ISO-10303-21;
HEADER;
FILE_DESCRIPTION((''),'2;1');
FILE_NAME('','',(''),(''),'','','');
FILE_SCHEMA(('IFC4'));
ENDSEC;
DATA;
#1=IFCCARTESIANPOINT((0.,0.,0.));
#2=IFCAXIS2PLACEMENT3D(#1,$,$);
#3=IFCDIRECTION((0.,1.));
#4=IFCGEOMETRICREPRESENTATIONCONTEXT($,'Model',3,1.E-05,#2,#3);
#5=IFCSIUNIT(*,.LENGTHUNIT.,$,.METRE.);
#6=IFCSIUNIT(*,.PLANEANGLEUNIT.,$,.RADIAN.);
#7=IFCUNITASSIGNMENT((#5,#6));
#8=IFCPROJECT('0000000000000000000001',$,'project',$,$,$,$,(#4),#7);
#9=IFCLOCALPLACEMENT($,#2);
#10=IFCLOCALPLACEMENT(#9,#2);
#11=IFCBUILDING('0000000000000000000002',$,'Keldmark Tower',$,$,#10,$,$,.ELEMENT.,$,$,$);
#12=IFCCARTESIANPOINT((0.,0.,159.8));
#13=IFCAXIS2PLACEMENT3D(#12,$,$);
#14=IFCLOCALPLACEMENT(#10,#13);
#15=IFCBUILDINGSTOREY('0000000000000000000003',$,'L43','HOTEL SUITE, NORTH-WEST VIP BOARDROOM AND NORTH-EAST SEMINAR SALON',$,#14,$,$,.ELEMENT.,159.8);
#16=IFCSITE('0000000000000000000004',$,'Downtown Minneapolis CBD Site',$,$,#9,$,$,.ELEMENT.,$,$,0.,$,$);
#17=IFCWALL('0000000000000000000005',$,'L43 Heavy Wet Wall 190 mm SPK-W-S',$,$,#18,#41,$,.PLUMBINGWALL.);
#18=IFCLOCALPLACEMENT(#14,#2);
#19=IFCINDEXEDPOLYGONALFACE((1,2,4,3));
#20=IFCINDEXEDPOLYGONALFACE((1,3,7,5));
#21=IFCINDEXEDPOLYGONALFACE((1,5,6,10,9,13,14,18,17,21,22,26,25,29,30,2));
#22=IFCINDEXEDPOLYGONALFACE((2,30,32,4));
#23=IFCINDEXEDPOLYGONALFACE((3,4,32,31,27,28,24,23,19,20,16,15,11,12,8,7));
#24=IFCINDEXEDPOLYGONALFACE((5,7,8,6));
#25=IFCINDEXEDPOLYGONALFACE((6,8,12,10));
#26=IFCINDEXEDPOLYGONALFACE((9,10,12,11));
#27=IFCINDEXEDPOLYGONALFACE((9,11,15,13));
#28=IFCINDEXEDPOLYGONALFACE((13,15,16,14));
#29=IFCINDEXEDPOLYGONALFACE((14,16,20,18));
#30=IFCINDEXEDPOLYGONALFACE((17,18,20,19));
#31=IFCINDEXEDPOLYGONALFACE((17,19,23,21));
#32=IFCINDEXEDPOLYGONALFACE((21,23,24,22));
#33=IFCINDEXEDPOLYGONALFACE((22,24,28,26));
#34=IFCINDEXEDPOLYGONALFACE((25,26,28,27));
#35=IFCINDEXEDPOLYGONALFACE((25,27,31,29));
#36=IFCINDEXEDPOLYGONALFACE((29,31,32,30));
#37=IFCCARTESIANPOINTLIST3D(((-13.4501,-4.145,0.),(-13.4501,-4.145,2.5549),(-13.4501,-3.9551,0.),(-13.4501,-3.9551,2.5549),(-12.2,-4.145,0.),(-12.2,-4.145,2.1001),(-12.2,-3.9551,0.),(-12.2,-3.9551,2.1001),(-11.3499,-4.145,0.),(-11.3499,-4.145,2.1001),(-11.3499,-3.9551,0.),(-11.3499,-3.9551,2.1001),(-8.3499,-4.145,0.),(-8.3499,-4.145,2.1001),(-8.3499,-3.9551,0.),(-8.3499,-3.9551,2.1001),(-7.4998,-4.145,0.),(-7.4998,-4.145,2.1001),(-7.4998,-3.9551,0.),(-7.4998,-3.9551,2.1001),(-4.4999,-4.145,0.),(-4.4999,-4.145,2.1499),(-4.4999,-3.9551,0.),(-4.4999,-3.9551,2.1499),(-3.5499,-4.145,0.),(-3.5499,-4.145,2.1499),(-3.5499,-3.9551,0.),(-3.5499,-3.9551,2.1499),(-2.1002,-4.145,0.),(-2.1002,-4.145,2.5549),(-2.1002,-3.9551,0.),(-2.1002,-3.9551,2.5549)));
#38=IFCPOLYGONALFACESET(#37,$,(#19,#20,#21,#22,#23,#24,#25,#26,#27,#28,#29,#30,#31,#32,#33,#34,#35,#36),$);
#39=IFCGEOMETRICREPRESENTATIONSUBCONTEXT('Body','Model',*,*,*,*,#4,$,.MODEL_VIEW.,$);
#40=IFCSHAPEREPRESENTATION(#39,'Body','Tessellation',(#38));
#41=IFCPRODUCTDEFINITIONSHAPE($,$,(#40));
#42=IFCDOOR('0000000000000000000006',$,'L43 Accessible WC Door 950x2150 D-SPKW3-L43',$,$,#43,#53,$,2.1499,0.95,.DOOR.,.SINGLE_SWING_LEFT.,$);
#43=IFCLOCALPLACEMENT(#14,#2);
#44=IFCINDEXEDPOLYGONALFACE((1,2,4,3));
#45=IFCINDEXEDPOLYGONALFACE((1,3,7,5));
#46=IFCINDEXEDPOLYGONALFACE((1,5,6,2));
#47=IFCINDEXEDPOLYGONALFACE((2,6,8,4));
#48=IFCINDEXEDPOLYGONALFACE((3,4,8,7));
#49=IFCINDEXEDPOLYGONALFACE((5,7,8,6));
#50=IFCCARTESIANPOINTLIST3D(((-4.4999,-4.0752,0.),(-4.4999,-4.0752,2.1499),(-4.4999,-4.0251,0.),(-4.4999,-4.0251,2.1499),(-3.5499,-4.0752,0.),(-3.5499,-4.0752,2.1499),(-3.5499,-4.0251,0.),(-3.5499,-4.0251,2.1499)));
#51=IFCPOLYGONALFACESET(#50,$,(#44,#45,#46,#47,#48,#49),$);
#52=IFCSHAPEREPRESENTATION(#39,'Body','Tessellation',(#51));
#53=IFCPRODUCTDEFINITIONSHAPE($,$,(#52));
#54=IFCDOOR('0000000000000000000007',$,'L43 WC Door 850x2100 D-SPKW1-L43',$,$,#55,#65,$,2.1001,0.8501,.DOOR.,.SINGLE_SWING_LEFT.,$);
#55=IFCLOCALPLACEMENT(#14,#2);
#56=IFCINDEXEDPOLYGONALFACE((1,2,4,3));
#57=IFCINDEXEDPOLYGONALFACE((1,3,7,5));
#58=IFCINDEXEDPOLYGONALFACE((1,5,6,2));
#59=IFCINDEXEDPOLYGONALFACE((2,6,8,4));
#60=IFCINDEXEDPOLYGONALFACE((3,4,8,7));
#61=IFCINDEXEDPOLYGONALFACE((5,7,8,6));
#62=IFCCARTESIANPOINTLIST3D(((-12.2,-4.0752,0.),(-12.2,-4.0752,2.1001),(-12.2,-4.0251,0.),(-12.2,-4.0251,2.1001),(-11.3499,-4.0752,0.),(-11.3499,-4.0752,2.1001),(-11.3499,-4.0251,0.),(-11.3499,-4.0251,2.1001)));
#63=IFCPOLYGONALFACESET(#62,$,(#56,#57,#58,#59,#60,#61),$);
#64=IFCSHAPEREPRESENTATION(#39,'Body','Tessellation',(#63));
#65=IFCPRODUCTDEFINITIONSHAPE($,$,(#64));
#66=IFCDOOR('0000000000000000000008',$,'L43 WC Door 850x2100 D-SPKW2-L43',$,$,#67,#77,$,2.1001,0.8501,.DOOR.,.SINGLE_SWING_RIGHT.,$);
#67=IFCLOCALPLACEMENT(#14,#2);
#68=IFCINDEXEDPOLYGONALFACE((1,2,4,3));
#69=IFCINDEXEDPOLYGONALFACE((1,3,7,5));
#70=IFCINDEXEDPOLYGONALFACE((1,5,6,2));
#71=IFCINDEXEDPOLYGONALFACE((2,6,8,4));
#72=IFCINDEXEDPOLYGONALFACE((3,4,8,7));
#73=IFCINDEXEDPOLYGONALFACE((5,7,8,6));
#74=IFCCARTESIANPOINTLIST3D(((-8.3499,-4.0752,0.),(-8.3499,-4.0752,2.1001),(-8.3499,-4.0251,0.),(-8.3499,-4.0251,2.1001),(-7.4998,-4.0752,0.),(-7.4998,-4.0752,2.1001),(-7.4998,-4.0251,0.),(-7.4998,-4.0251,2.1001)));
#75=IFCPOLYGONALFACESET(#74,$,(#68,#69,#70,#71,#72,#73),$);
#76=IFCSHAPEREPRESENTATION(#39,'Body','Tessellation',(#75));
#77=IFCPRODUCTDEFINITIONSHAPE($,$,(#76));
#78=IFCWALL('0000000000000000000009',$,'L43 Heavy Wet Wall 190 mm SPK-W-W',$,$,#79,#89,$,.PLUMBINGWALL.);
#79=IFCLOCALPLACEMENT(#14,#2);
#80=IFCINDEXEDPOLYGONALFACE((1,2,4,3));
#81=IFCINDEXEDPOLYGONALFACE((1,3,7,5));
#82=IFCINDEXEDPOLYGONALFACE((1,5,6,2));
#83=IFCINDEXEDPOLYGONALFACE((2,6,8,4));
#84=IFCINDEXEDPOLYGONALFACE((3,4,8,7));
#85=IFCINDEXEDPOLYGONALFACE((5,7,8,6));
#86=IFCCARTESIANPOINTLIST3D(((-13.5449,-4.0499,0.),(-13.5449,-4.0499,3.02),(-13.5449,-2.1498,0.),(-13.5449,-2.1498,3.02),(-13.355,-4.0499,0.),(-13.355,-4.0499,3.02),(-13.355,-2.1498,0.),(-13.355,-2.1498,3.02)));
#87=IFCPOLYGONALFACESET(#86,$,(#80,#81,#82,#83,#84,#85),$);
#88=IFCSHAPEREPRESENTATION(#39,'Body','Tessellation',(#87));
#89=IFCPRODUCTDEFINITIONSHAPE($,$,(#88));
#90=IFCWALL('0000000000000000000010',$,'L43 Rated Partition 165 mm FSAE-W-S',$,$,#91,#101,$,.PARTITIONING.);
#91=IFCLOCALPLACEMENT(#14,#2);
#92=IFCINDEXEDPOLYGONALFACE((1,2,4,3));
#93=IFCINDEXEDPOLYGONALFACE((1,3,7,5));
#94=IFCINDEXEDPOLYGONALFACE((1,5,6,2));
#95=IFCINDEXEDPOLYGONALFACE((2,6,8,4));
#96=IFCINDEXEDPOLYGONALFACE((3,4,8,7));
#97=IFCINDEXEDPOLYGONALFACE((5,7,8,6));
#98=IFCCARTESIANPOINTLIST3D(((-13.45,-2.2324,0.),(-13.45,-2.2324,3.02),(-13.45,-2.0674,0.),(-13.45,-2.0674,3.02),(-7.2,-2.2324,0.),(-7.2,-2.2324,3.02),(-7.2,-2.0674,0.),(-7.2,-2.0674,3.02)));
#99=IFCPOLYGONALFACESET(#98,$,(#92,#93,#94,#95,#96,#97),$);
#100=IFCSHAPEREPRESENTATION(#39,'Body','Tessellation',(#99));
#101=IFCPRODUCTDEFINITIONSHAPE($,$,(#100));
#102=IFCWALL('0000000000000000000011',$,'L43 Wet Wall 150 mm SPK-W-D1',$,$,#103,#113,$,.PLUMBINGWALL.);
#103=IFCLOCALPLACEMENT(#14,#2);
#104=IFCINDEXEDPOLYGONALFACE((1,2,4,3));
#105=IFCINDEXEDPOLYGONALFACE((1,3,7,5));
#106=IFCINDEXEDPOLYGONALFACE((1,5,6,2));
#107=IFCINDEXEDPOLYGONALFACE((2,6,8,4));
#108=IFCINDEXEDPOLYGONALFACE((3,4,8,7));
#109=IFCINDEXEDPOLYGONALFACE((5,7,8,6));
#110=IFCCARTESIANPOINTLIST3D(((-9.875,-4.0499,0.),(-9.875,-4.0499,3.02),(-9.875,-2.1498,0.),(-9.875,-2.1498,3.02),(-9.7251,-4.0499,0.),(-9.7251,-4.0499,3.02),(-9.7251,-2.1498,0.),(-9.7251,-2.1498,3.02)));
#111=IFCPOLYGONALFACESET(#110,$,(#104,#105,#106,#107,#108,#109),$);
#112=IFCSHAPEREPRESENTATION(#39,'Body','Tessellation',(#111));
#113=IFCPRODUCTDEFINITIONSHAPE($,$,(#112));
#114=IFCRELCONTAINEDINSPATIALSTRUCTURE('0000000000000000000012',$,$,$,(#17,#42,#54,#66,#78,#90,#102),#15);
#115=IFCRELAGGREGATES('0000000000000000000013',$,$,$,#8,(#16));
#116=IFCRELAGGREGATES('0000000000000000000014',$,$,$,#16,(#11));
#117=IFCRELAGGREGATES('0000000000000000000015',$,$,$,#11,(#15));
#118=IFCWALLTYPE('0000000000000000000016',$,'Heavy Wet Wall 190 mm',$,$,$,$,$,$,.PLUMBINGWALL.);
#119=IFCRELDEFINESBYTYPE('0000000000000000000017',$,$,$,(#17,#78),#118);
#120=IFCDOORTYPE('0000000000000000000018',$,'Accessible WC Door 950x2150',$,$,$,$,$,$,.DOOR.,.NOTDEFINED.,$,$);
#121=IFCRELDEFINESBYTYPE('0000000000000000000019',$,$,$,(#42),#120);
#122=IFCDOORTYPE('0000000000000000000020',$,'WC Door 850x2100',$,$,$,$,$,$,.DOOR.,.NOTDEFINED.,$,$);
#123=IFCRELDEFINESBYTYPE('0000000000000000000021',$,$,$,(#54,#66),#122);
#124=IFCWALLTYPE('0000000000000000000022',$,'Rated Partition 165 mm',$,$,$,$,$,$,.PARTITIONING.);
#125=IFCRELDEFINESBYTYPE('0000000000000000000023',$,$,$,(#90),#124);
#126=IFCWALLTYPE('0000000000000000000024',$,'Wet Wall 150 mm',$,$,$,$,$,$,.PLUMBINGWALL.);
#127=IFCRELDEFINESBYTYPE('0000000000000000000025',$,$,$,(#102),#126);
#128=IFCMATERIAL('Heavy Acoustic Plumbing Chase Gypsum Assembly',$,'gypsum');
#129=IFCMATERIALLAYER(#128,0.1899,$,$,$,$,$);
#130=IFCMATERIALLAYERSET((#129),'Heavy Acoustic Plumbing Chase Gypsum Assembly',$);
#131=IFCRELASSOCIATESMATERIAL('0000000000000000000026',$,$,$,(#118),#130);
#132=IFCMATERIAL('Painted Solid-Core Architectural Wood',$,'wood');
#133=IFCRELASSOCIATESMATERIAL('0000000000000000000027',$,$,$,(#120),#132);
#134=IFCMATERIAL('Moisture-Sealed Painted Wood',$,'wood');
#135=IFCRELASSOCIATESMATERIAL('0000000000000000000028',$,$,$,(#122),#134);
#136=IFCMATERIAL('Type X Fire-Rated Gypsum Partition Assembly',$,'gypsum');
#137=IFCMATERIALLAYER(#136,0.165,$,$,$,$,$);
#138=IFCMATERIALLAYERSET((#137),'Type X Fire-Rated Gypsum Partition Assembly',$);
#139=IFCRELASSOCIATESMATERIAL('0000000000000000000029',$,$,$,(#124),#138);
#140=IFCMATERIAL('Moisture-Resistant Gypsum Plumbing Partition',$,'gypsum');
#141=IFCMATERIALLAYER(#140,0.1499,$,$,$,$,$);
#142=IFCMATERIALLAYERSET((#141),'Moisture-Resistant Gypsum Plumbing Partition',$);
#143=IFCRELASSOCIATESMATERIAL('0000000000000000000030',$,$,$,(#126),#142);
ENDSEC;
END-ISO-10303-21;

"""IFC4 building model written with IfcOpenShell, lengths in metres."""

from ifc_helpers import new_model, si_unit, direction, frame, frame_2d, origin, place, context, subcontext, project, spatial, rectangle, extrude, material, layer, layer_set, type_object, element, fill, save


model = new_model("IFC4")

# Units and contexts
model_context = context("Model", 3, precision=1e-05, world=origin(), true_north=direction((0.0, 1.0)))
body_context = subcontext(model_context, "Body", "Model", "MODEL_VIEW")
ifc_project = project(units=[si_unit("LENGTHUNIT", "METRE"), si_unit("PLANEANGLEUNIT", "RADIAN")], contexts=[model_context])

# Site, building, storey
site_placement = place(None, origin())
site = spatial("IfcSite", under=ifc_project, at=site_placement, Name="Downtown Minneapolis CBD Site", CompositionType="ELEMENT", RefElevation=0.0)
building_placement = place(site_placement, origin())
building = spatial("IfcBuilding", under=site, at=building_placement, Name="Keldmark Tower", CompositionType="ELEMENT")
storey_placement = place(building_placement, frame((0.0, 0.0, 159.8)))
storey = spatial("IfcBuildingStorey", under=building, at=storey_placement, Name="L43", Description="HOTEL SUITE, NORTH-WEST VIP BOARDROOM AND NORTH-EAST SEMINAR SALON", CompositionType="ELEMENT", Elevation=159.8)

# Wall, openings, doors
ifc_material_1 = material(Name="Heavy Acoustic Plumbing Chase Gypsum Assembly", Category="gypsum")
ifc_layer_1 = layer(ifc_material_1, 0.1899)
ifc_layer_set_1 = layer_set([ifc_layer_1], Name="Heavy Acoustic Plumbing Chase Gypsum Assembly")
wall_type_1 = type_object("IfcWallType", Name="Heavy Wet Wall 190 mm", PredefinedType="PLUMBINGWALL", material=ifc_layer_set_1)
wall_1_placement = place(storey_placement, frame((-13.45, -4.05, 0.0), z_axis=(0.0, 0.0, 1.0), x_axis=(1.0, 0.0, 0.0)))
wall_1 = element("IfcWall", 1, at=wall_1_placement, inside=storey, type_object=wall_type_1, Name="L43 Heavy Wet Wall 190 mm SPK-W-S", PredefinedType="PLUMBINGWALL", context=body_context, shape_type="SweptSolid", body=[
    extrude(rectangle(XDim=11.3499, YDim=0.1899, at=frame_2d((5.6748, 0.0))), origin(), (0.0, 0.0, 1.0), 2.5549),
])
opening_1_placement = place(wall_1_placement, frame((1.25, 0.0, 0.0)))
opening_1 = element("IfcOpeningElement", 2, at=opening_1_placement, cuts=wall_1, PredefinedType="OPENING", context=body_context, shape_type="SweptSolid", body=[
    extrude(rectangle(XDim=0.8501, YDim=2.1001, at=frame_2d((0.425, 1.05))), frame((0.0, 0.105, 0.0), z_axis=(0.0, -1.0, 0.0), x_axis=(1.0, 0.0, 0.0)), (0.0, 0.0, 1.0), 0.21),
])
opening_2_placement = place(wall_1_placement, frame((5.1001, 0.0, 0.0)))
opening_2 = element("IfcOpeningElement", 3, at=opening_2_placement, cuts=wall_1, PredefinedType="OPENING", context=body_context, shape_type="SweptSolid", body=[
    extrude(rectangle(XDim=0.8501, YDim=2.1001, at=frame_2d((0.425, 1.05))), frame((0.0, 0.105, 0.0), z_axis=(0.0, -1.0, 0.0), x_axis=(1.0, 0.0, 0.0)), (0.0, 0.0, 1.0), 0.21),
])
opening_3_placement = place(wall_1_placement, frame((8.95, 0.0, 0.0)))
opening_3 = element("IfcOpeningElement", 4, at=opening_3_placement, cuts=wall_1, PredefinedType="OPENING", context=body_context, shape_type="SweptSolid", body=[
    extrude(rectangle(XDim=0.95, YDim=2.1499, at=frame_2d((0.4751, 1.075))), frame((0.0, 0.105, 0.0), z_axis=(0.0, -1.0, 0.0), x_axis=(1.0, 0.0, 0.0)), (0.0, 0.0, 1.0), 0.21),
])
ifc_material_2 = material(Name="Painted Solid-Core Architectural Wood", Category="wood")
door_type_1 = type_object("IfcDoorType", Name="Accessible WC Door 950x2150", OperationType="NOTDEFINED", PredefinedType="DOOR", material=ifc_material_2)
door_1_placement = place(opening_3_placement, origin())
door_1 = element("IfcDoor", 5, at=door_1_placement, inside=storey, type_object=door_type_1, Name="L43 Accessible WC Door 950x2150 D-SPKW3-L43", OperationType="SINGLE_SWING_LEFT", OverallHeight=2.1499, OverallWidth=0.95, PredefinedType="DOOR", context=body_context, shape_type="SweptSolid", body=[
    extrude(rectangle(XDim=0.95, YDim=2.1499, at=frame_2d((0.4751, 1.075))), frame((0.0, 0.0249, 0.0), z_axis=(0.0, -1.0, 0.0), x_axis=(1.0, 0.0, 0.0)), (0.0, 0.0, 1.0), 0.05),
])
fill(opening_3, door_1)
ifc_material_3 = material(Name="Moisture-Sealed Painted Wood", Category="wood")
door_type_2 = type_object("IfcDoorType", Name="WC Door 850x2100", OperationType="NOTDEFINED", PredefinedType="DOOR", material=ifc_material_3)
door_2_placement = place(opening_1_placement, origin())
door_2 = element("IfcDoor", 6, at=door_2_placement, inside=storey, type_object=door_type_2, Name="L43 WC Door 850x2100 D-SPKW1-L43", OperationType="SINGLE_SWING_LEFT", OverallHeight=2.1001, OverallWidth=0.8501, PredefinedType="DOOR", context=body_context, shape_type="SweptSolid", body=[
    extrude(rectangle(XDim=0.8501, YDim=2.1001, at=frame_2d((0.425, 1.05))), frame((0.0, 0.0249, 0.0), z_axis=(0.0, -1.0, 0.0), x_axis=(1.0, 0.0, 0.0)), (0.0, 0.0, 1.0), 0.05),
])
fill(opening_1, door_2)
door_3_placement = place(opening_2_placement, origin())
door_3 = element("IfcDoor", 7, at=door_3_placement, inside=storey, type_object=door_type_2, Name="L43 WC Door 850x2100 D-SPKW2-L43", OperationType="SINGLE_SWING_RIGHT", OverallHeight=2.1001, OverallWidth=0.8501, PredefinedType="DOOR", context=body_context, shape_type="SweptSolid", body=[
    extrude(rectangle(XDim=0.8501, YDim=2.1001, at=frame_2d((0.425, 1.05))), frame((0.0, 0.0249, 0.0), z_axis=(0.0, -1.0, 0.0), x_axis=(1.0, 0.0, 0.0)), (0.0, 0.0, 1.0), 0.05),
])
fill(opening_2, door_3)

# Walls
wall_2_placement = place(storey_placement, frame((-13.45, -4.05, 0.0), z_axis=(0.0, 0.0, 1.0), x_axis=(0.0, 1.0, 0.0)))
element("IfcWall", 8, at=wall_2_placement, inside=storey, type_object=wall_type_1, Name="L43 Heavy Wet Wall 190 mm SPK-W-W", PredefinedType="PLUMBINGWALL", context=body_context, shape_type="SweptSolid", body=[
    extrude(rectangle(XDim=1.9001, YDim=0.1899, at=frame_2d((0.9502, 0.0))), origin(), (0.0, 0.0, 1.0), 3.02),
])
ifc_material_4 = material(Name="Type X Fire-Rated Gypsum Partition Assembly", Category="gypsum")
ifc_layer_2 = layer(ifc_material_4, 0.165)
ifc_layer_set_2 = layer_set([ifc_layer_2], Name="Type X Fire-Rated Gypsum Partition Assembly")
wall_type_2 = type_object("IfcWallType", Name="Rated Partition 165 mm", PredefinedType="PARTITIONING", material=ifc_layer_set_2)
wall_3_placement = place(storey_placement, frame((-13.45, -2.1499, 0.0), z_axis=(0.0, 0.0, 1.0), x_axis=(1.0, 0.0, 0.0)))
element("IfcWall", 9, at=wall_3_placement, inside=storey, type_object=wall_type_2, Name="L43 Rated Partition 165 mm FSAE-W-S", PredefinedType="PARTITIONING", context=body_context, shape_type="SweptSolid", body=[
    extrude(rectangle(XDim=6.25, YDim=0.165, at=frame_2d((3.125, 0.0))), origin(), (0.0, 0.0, 1.0), 3.02),
])

# Wall
ifc_material_5 = material(Name="Moisture-Resistant Gypsum Plumbing Partition", Category="gypsum")
ifc_layer_3 = layer(ifc_material_5, 0.1499)
ifc_layer_set_3 = layer_set([ifc_layer_3], Name="Moisture-Resistant Gypsum Plumbing Partition")
wall_type_3 = type_object("IfcWallType", Name="Wet Wall 150 mm", PredefinedType="PLUMBINGWALL", material=ifc_layer_set_3)
wall_4_placement = place(storey_placement, frame((-9.8, -4.05, 0.0), z_axis=(0.0, 0.0, 1.0), x_axis=(0.0, 1.0, 0.0)))
element("IfcWall", 10, at=wall_4_placement, inside=storey, type_object=wall_type_3, Name="L43 Wet Wall 150 mm SPK-W-D1", PredefinedType="PLUMBINGWALL", context=body_context, shape_type="SweptSolid", body=[
    extrude(rectangle(XDim=1.9001, YDim=0.1499, at=frame_2d((0.9502, 0.0))), origin(), (0.0, 0.0, 1.0), 3.02),
])

save(model, "model.ifc")
